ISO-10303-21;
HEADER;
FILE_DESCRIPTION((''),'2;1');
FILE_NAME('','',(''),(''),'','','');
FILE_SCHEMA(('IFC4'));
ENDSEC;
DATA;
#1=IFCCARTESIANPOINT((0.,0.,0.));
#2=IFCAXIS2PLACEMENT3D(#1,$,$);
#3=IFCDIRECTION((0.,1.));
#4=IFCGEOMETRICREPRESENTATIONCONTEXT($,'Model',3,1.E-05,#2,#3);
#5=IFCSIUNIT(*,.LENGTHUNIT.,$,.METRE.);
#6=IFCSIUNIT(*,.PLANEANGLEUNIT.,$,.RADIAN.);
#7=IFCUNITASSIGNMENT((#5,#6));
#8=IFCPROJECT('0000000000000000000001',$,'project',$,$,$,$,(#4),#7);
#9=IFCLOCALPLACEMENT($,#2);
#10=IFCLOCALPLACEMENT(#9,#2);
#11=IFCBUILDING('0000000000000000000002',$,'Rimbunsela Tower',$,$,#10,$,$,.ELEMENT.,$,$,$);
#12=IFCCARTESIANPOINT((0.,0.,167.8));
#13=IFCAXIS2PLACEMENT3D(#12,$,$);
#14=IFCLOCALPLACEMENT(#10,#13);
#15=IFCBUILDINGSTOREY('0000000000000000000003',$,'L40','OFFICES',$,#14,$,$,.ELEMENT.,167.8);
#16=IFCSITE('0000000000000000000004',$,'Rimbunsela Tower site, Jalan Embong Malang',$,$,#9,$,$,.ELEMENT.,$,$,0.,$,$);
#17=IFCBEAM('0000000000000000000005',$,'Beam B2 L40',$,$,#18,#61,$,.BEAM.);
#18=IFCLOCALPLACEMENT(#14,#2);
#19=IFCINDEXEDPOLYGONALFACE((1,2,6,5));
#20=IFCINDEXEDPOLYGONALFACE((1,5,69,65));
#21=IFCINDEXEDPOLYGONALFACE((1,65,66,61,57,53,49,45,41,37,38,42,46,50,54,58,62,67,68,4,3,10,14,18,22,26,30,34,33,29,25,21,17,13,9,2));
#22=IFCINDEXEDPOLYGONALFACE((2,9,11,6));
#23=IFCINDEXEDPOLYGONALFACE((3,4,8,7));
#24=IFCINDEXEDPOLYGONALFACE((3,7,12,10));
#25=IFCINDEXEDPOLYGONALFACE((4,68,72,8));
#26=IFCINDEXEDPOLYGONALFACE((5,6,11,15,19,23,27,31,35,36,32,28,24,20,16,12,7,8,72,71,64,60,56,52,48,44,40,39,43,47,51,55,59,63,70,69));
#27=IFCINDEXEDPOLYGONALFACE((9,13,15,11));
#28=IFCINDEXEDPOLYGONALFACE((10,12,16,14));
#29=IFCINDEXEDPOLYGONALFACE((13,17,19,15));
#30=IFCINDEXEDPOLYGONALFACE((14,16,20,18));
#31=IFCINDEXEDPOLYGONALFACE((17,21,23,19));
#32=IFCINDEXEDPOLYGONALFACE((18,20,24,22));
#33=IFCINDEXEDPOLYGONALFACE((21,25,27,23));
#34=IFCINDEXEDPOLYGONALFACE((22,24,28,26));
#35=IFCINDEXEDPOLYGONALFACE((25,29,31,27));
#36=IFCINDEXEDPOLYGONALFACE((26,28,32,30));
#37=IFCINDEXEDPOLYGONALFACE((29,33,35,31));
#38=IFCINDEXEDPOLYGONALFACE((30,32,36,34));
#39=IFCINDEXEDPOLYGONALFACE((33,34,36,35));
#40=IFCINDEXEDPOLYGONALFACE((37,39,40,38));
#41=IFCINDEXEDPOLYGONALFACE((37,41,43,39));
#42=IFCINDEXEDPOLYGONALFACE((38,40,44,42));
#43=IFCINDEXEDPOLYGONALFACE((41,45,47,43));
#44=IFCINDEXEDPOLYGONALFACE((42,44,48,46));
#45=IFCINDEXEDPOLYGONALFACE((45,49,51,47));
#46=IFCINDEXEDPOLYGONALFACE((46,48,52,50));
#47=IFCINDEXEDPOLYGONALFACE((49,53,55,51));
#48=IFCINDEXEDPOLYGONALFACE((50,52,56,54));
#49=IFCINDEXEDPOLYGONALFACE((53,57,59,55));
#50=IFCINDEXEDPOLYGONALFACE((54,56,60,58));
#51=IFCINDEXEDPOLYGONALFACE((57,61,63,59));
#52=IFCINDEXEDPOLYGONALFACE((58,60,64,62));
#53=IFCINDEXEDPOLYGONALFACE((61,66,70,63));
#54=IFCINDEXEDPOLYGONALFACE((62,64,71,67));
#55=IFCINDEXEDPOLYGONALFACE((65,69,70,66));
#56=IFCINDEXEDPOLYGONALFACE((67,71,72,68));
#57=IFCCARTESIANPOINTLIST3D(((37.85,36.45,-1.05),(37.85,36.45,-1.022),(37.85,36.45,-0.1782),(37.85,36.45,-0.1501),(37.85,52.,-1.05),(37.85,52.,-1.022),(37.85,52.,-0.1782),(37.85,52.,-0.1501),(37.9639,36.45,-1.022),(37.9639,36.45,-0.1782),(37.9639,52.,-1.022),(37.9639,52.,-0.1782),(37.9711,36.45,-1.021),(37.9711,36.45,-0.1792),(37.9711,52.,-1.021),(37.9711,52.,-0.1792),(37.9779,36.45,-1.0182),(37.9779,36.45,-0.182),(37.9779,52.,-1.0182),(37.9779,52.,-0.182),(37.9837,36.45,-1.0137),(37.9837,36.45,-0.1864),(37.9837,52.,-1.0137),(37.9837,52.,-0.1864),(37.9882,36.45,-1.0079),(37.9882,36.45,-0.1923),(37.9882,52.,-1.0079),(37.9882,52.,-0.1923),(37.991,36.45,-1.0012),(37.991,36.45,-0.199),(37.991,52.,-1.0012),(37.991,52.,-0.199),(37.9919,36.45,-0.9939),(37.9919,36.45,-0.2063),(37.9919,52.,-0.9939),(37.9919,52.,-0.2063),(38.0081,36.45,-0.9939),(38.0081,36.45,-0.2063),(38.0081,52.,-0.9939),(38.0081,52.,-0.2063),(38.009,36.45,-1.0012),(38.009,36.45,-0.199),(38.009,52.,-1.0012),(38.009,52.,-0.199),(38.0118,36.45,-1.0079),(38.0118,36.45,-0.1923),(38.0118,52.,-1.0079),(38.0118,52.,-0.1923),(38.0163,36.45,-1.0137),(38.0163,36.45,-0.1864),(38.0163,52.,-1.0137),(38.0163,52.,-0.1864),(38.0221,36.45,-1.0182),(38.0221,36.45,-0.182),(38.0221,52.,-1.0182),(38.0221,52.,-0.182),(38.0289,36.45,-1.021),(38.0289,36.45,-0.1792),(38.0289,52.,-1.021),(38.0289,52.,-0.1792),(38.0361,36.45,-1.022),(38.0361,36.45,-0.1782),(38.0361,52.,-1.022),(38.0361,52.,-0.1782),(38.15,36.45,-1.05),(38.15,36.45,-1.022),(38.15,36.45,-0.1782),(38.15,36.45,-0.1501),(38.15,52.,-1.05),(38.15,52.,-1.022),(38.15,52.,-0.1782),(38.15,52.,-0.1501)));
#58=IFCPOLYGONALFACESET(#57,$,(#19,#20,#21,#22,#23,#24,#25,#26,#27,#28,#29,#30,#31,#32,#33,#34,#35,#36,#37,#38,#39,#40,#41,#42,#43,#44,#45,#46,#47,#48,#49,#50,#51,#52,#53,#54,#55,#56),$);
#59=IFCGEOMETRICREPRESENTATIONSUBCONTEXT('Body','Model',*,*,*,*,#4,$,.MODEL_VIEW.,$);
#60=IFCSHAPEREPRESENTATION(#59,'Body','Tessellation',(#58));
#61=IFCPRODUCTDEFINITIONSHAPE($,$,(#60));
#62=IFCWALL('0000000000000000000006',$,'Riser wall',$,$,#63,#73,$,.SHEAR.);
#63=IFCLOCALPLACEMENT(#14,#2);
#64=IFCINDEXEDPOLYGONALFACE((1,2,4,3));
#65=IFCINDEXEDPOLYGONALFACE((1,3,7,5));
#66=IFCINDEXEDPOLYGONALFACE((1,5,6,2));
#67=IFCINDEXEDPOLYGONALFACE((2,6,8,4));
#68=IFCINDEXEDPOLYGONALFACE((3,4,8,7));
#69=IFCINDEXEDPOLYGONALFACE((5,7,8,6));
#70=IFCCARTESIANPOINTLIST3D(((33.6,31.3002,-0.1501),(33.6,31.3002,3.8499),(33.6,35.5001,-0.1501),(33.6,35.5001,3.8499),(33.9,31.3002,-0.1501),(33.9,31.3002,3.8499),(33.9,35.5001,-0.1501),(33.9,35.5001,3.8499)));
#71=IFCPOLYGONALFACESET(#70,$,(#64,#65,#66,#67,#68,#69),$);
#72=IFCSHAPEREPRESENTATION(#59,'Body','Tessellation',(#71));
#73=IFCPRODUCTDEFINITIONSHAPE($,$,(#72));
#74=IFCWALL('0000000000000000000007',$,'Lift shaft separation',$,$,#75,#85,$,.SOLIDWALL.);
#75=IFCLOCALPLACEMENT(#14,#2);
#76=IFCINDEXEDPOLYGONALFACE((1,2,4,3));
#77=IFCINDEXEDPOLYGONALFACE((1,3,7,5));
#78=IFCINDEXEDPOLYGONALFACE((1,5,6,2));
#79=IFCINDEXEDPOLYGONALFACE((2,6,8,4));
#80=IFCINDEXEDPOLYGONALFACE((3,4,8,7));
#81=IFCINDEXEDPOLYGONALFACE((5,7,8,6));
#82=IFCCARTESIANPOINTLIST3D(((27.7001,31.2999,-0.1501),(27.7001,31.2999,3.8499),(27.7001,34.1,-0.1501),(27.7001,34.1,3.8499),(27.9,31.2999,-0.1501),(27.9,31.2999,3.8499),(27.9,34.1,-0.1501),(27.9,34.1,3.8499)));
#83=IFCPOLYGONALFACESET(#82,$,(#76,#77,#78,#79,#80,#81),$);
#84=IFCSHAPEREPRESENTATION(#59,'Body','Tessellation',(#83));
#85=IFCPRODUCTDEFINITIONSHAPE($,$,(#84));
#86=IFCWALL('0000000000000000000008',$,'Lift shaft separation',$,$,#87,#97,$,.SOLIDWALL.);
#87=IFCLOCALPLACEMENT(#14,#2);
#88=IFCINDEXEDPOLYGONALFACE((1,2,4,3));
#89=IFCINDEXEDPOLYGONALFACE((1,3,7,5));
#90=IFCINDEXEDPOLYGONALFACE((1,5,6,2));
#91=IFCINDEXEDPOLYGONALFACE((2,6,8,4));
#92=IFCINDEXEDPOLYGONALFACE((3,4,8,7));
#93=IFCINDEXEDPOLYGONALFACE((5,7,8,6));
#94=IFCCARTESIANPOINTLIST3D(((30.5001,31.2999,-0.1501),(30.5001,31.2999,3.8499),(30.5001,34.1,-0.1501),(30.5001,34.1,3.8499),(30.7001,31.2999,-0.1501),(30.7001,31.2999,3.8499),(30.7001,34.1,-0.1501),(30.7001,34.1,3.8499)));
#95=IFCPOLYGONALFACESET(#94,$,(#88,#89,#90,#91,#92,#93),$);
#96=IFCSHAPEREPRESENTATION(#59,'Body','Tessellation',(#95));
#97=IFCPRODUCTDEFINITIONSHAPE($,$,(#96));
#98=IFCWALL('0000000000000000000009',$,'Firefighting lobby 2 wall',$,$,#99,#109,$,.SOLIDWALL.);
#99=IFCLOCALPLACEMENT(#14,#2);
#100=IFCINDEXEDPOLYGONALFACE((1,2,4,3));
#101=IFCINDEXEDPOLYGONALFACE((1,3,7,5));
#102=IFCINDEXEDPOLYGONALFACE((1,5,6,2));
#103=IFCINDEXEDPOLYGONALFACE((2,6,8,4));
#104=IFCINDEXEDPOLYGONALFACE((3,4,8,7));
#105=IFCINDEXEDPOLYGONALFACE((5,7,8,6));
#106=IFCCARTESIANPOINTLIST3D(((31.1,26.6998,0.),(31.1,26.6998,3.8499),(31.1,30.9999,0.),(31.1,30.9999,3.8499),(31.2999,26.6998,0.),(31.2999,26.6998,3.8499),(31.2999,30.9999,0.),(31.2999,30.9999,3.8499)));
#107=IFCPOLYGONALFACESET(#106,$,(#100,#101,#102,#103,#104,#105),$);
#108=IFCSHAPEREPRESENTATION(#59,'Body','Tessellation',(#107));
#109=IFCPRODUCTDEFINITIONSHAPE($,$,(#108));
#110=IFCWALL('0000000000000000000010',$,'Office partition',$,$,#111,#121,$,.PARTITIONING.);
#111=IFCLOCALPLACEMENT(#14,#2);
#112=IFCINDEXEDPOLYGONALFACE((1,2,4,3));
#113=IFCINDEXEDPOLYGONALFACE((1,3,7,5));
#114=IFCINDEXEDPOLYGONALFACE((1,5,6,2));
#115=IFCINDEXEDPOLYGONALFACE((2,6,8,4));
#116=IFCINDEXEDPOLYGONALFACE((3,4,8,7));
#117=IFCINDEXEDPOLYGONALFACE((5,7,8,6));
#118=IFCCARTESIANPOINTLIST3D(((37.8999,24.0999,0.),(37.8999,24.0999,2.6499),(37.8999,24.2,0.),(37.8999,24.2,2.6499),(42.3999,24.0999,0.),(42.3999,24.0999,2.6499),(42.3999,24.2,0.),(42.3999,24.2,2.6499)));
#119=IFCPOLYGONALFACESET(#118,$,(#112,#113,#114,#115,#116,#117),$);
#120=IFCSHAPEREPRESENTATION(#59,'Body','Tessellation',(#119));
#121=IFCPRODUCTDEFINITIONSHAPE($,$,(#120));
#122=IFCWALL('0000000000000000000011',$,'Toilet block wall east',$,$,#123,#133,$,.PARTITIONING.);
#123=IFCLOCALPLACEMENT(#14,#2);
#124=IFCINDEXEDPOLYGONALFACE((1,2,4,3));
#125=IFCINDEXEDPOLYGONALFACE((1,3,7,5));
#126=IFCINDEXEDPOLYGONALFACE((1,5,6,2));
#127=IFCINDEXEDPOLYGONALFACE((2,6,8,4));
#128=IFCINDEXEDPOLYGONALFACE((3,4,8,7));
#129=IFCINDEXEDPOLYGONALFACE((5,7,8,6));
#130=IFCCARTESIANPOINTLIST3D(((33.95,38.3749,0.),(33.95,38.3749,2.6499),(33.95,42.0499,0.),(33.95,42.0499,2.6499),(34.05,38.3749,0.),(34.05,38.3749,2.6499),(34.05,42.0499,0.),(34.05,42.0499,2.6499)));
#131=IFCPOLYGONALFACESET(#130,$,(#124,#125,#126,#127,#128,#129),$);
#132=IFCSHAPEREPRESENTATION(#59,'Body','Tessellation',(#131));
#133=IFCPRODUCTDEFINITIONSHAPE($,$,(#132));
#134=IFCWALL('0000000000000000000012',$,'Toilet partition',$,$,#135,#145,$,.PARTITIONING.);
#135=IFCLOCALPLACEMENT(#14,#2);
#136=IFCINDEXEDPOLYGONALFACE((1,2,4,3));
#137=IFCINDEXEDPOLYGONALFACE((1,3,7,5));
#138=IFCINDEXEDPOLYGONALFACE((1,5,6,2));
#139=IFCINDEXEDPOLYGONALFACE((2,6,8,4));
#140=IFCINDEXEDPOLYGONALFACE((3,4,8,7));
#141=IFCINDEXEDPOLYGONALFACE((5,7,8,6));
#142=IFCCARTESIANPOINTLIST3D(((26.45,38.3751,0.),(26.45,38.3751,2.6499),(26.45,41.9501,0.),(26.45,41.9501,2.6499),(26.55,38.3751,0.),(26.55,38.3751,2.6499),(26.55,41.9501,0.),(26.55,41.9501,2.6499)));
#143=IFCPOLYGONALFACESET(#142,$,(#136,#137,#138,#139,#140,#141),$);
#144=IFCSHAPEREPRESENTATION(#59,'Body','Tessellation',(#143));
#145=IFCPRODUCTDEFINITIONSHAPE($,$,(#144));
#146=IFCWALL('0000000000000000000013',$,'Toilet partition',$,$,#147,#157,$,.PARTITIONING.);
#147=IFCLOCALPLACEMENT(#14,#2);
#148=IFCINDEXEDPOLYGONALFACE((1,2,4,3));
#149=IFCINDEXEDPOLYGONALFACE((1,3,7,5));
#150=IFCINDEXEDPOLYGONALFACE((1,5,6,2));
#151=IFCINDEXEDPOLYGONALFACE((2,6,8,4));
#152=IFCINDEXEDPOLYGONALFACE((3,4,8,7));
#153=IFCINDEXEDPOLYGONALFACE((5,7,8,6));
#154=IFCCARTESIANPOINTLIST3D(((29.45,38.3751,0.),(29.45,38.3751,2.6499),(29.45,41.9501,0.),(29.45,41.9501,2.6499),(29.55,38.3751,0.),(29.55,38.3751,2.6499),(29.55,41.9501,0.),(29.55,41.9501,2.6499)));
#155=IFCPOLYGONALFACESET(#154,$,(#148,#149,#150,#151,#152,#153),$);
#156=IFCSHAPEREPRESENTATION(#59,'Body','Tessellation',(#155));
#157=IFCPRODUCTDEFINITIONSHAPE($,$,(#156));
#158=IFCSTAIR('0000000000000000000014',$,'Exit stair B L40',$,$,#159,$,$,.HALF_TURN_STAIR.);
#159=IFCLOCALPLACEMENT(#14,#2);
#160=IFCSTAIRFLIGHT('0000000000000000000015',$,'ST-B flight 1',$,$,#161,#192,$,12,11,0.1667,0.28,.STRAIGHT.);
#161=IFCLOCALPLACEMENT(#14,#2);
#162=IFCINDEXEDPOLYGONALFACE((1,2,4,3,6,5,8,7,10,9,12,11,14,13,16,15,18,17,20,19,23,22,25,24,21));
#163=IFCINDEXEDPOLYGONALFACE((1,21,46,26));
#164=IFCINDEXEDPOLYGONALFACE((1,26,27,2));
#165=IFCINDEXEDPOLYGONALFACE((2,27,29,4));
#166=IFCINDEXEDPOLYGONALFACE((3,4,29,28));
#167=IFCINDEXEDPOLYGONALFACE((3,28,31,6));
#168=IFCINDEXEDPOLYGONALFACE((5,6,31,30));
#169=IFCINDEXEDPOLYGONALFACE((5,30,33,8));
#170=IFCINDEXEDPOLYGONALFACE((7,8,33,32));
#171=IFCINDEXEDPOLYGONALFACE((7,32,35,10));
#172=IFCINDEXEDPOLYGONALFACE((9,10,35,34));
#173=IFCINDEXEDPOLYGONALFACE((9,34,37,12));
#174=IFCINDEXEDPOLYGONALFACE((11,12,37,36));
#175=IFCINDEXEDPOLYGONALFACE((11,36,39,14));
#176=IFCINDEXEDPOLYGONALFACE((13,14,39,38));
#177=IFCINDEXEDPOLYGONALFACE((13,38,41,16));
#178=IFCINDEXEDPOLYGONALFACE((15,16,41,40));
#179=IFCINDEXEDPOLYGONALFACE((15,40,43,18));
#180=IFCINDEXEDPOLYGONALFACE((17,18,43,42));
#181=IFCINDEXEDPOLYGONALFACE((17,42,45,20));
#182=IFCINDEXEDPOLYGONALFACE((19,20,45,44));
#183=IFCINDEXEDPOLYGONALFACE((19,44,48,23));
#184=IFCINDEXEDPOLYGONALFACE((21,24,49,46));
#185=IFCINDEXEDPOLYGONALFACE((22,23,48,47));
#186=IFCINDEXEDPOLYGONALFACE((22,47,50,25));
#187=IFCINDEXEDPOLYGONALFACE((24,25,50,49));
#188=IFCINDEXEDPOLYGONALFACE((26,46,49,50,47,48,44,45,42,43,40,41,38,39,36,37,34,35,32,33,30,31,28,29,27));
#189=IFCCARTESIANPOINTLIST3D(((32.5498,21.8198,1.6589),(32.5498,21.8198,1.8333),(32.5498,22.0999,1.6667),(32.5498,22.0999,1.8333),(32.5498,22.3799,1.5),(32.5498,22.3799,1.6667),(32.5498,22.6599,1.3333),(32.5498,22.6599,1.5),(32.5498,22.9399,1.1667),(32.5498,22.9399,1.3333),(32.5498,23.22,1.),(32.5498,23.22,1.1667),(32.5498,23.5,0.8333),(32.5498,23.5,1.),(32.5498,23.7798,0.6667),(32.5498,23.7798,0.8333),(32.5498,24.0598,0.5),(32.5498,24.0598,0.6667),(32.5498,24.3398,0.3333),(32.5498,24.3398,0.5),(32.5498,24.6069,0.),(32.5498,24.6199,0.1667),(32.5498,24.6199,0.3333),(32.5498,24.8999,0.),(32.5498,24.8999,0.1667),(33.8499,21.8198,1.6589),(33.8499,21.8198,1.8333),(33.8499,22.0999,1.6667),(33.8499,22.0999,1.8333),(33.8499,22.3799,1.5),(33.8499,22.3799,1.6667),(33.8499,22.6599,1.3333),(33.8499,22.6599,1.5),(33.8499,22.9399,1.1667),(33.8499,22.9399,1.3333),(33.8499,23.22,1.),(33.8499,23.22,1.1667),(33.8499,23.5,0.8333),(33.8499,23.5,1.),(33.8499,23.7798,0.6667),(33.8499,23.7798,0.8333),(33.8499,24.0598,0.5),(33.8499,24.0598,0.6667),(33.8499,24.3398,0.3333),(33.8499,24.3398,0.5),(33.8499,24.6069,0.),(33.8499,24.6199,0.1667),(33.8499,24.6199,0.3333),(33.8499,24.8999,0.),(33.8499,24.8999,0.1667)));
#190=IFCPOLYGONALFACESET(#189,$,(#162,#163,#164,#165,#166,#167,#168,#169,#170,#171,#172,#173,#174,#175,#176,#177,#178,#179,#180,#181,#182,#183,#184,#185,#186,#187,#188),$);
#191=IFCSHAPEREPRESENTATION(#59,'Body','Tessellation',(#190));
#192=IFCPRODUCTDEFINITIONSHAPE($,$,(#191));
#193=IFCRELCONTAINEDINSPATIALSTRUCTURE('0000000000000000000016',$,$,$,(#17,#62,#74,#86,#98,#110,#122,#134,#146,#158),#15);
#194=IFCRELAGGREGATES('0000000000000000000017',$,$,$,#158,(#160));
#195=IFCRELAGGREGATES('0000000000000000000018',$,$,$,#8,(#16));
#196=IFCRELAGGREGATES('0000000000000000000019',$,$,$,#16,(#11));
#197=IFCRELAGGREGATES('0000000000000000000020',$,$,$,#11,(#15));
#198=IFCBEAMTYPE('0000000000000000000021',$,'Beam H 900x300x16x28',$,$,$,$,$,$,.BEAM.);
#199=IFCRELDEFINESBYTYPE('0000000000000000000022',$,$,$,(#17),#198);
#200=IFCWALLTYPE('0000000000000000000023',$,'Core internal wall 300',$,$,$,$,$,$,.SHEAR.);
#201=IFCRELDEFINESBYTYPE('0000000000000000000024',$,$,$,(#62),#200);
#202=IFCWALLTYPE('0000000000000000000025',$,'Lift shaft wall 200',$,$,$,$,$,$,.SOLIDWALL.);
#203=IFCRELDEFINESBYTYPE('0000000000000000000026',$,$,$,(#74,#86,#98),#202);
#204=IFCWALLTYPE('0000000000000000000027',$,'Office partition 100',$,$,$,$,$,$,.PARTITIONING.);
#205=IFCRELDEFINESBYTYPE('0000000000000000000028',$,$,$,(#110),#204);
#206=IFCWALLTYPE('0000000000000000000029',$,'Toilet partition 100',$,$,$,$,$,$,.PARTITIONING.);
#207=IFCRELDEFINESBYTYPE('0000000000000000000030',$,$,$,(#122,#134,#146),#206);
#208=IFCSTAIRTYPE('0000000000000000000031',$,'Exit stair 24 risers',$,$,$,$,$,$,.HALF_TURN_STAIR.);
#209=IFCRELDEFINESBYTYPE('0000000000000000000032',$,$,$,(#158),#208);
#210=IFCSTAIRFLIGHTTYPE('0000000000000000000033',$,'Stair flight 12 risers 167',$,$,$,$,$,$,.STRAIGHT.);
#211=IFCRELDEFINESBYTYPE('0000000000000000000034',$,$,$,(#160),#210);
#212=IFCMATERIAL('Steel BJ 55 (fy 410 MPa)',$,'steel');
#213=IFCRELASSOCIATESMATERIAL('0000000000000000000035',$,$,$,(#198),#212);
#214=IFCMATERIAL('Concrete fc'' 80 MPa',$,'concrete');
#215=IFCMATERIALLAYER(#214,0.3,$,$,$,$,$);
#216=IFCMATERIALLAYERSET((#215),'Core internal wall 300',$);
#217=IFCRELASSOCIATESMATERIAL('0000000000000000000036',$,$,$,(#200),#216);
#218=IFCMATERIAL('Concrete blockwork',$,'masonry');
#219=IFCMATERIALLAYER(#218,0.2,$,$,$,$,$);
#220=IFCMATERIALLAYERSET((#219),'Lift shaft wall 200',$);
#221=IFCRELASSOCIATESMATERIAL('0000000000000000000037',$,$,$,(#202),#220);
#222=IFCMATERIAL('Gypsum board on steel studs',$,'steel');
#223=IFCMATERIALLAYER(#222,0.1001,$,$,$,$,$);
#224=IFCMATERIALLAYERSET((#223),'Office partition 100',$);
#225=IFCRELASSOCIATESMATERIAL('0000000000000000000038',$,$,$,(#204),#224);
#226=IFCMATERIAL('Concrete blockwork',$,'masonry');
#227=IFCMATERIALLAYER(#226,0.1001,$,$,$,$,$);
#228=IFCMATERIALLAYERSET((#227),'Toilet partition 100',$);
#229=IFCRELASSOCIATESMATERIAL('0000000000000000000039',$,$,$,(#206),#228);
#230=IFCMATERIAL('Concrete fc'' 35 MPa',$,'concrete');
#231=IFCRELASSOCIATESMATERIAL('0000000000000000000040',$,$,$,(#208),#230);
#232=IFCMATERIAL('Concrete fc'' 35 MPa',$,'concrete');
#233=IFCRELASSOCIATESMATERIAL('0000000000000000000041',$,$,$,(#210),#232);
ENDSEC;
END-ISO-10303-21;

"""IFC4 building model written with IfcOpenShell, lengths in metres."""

from ifc_helpers import new_model, si_unit, direction, frame, frame_2d, origin, origin_2d, place, context, subcontext, project, spatial, polyline, rectangle, i_section, outline, extrude, material, layer, layer_set, material_profile, profile_set, type_object, element, aggregate, save


model = new_model("IFC4")

# Units and contexts
model_context = context("Model", 3, precision=1e-05, world=origin(), true_north=direction((0.0, 1.0)))
body_context = subcontext(model_context, "Body", "Model", "MODEL_VIEW")
ifc_project = project(units=[si_unit("LENGTHUNIT", "METRE"), si_unit("PLANEANGLEUNIT", "RADIAN")], contexts=[model_context])

# Site, building, storey
site_placement = place(None, origin())
site = spatial("IfcSite", under=ifc_project, at=site_placement, Name="Rimbunsela Tower site, Jalan Embong Malang", CompositionType="ELEMENT", RefElevation=0.0)
building_placement = place(site_placement, origin())
building = spatial("IfcBuilding", under=site, at=building_placement, Name="Rimbunsela Tower", CompositionType="ELEMENT")
storey_placement = place(building_placement, frame((0.0, 0.0, 167.8)))
storey = spatial("IfcBuildingStorey", under=building, at=storey_placement, Name="L40", Description="OFFICES", CompositionType="ELEMENT", Elevation=167.8)

# Beam
ifc_material_1 = material(Name="Steel BJ 55 (fy 410 MPa)", Category="steel")
ifc_material_profile_1 = material_profile(ifc_material_1, i_section(OverallWidth=0.3, OverallDepth=0.8999, WebThickness=0.0161, FlangeThickness=0.0281, FilletRadius=0.0281, at=origin_2d()), Name="H 900x300x16x28")
ifc_profile_set_1 = profile_set([ifc_material_profile_1], Name="Steel BJ 55 (fy 410 MPa)")
beam_type_1 = type_object("IfcBeamType", Name="Beam H 900x300x16x28", PredefinedType="BEAM", material=ifc_profile_set_1)
beam_1_placement = place(storey_placement, frame((38.0, 36.45, -0.6001), z_axis=(0.0, 1.0, 0.0), x_axis=(-1.0, 0.0, 0.0)))
element("IfcBeam", 1, at=beam_1_placement, inside=storey, type_object=beam_type_1, Name="Beam B2 L40", PredefinedType="BEAM", context=body_context, shape_type="SweptSolid", body=[
    extrude(i_section(OverallWidth=0.3, OverallDepth=0.8999, WebThickness=0.0161, FlangeThickness=0.0281, FilletRadius=0.0281, at=origin_2d()), origin(), (0.0, 0.0, 1.0), 15.55),
])

# Walls
ifc_material_2 = material(Name="Concrete fc' 80 MPa", Category="concrete")
ifc_layer_1 = layer(ifc_material_2, 0.3)
ifc_layer_set_1 = layer_set([ifc_layer_1], Name="Core internal wall 300")
wall_type_1 = type_object("IfcWallType", Name="Core internal wall 300", PredefinedType="SHEAR", material=ifc_layer_set_1)
wall_1_placement = place(storey_placement, frame((33.75, 31.3, -0.1501), z_axis=(0.0, 0.0, 1.0), x_axis=(0.0, 1.0, 0.0)))
element("IfcWall", 2, at=wall_1_placement, inside=storey, type_object=wall_type_1, Name="Riser wall", PredefinedType="SHEAR", context=body_context, shape_type="SweptSolid", body=[
    extrude(rectangle(XDim=4.2, YDim=0.3, at=frame_2d((2.1001, 0.0))), origin(), (0.0, 0.0, 1.0), 4.0),
])
ifc_material_3 = material(Name="Concrete blockwork", Category="masonry")
ifc_layer_2 = layer(ifc_material_3, 0.2)
ifc_layer_set_2 = layer_set([ifc_layer_2], Name="Lift shaft wall 200")
wall_type_2 = type_object("IfcWallType", Name="Lift shaft wall 200", PredefinedType="SOLIDWALL", material=ifc_layer_set_2)
for number, where, z_axis, x_axis, name in (
    (3, (27.8, 31.3, -0.1501), (0.0, 0.0, 1.0), (0.0, 1.0, 0.0), "Lift shaft separation"),
    (4, (30.6001, 31.3, -0.1501), (0.0, 0.0, 1.0), (0.0, 1.0, 0.0), "Lift shaft separation"),
):
    element("IfcWall", number, at=place(storey_placement, frame(where, z_axis=z_axis, x_axis=x_axis)), inside=storey, type_object=wall_type_2, Name=name, PredefinedType="SOLIDWALL", context=body_context, shape_type="SweptSolid", body=[
        extrude(rectangle(XDim=2.8, YDim=0.2, at=frame_2d((1.3999, 0.0))), origin(), (0.0, 0.0, 1.0), 4.0),
    ])
wall_2_placement = place(storey_placement, frame((31.2, 26.7, 0.0), z_axis=(0.0, 0.0, 1.0), x_axis=(0.0, 1.0, 0.0)))
element("IfcWall", 5, at=wall_2_placement, inside=storey, type_object=wall_type_2, Name="Firefighting lobby 2 wall", PredefinedType="SOLIDWALL", context=body_context, shape_type="SweptSolid", body=[
    extrude(rectangle(XDim=4.3, YDim=0.2, at=frame_2d((2.1499, 0.0))), origin(), (0.0, 0.0, 1.0), 3.8499),
])
ifc_material_4 = material(Name="Gypsum board on steel studs", Category="steel")
ifc_layer_3 = layer(ifc_material_4, 0.1001)
ifc_layer_set_3 = layer_set([ifc_layer_3], Name="Office partition 100")
wall_type_3 = type_object("IfcWallType", Name="Office partition 100", PredefinedType="PARTITIONING", material=ifc_layer_set_3)
wall_3_placement = place(storey_placement, frame((37.8999, 24.1499, 0.0), z_axis=(0.0, 0.0, 1.0), x_axis=(1.0, 0.0, 0.0)))
element("IfcWall", 6, at=wall_3_placement, inside=storey, type_object=wall_type_3, Name="Office partition", PredefinedType="PARTITIONING", context=body_context, shape_type="SweptSolid", body=[
    extrude(rectangle(XDim=4.5, YDim=0.1001, at=frame_2d((2.25, 0.0))), origin(), (0.0, 0.0, 1.0), 2.6499),
])
ifc_material_5 = material(Name="Concrete blockwork", Category="masonry")
ifc_layer_4 = layer(ifc_material_5, 0.1001)
ifc_layer_set_4 = layer_set([ifc_layer_4], Name="Toilet partition 100")
wall_type_4 = type_object("IfcWallType", Name="Toilet partition 100", PredefinedType="PARTITIONING", material=ifc_layer_set_4)
wall_4_placement = place(storey_placement, frame((34.0, 38.375, 0.0), z_axis=(0.0, 0.0, 1.0), x_axis=(0.0, 1.0, 0.0)))
element("IfcWall", 7, at=wall_4_placement, inside=storey, type_object=wall_type_4, Name="Toilet block wall east", PredefinedType="PARTITIONING", context=body_context, shape_type="SweptSolid", body=[
    extrude(rectangle(XDim=3.675, YDim=0.1001, at=frame_2d((1.8374, 0.0))), origin(), (0.0, 0.0, 1.0), 2.6499),
])
for number, where, z_axis, x_axis, name in (
    (8, (26.5, 38.375, 0.0), (0.0, 0.0, 1.0), (0.0, 1.0, 0.0), "Toilet partition"),
    (9, (29.5, 38.375, 0.0), (0.0, 0.0, 1.0), (0.0, 1.0, 0.0), "Toilet partition"),
):
    element("IfcWall", number, at=place(storey_placement, frame(where, z_axis=z_axis, x_axis=x_axis)), inside=storey, type_object=wall_type_4, Name=name, PredefinedType="PARTITIONING", context=body_context, shape_type="SweptSolid", body=[
        extrude(rectangle(XDim=3.575, YDim=0.1001, at=frame_2d((1.7876, 0.0))), origin(), (0.0, 0.0, 1.0), 2.6499),
    ])

# Stair, stair flight
ifc_material_6 = material(Name="Concrete fc' 35 MPa", Category="concrete")
stair_type = type_object("IfcStairType", Name="Exit stair 24 risers", PredefinedType="HALF_TURN_STAIR", material=ifc_material_6)
stair_placement = place(storey_placement, origin())
stair = element("IfcStair", 10, at=stair_placement, inside=storey, type_object=stair_type, Name="Exit stair B L40", PredefinedType="HALF_TURN_STAIR")
ifc_material_7 = material(Name="Concrete fc' 35 MPa", Category="concrete")
stair_flight_type = type_object("IfcStairFlightType", Name="Stair flight 12 risers 167", PredefinedType="STRAIGHT", material=ifc_material_7)
stair_flight_placement = place(storey_placement, frame((33.2, 24.8999, 0.0), z_axis=(0.0, 0.0, 1.0), x_axis=(0.0, -1.0, 0.0)))
stair_flight = element("IfcStairFlight", 11, at=stair_flight_placement, type_object=stair_flight_type, Name="ST-B flight 1", NumberOfRisers=12, NumberOfTreads=11, PredefinedType="STRAIGHT", RiserHeight=0.1667, TreadLength=0.28, context=body_context, shape_type="SweptSolid", body=[
    extrude(outline(polyline([(0.0, 0.0), (0.0, 0.1667), (0.28, 0.1667), (0.28, 0.3333), (0.5601, 0.3333), (0.5601, 0.5), (0.8401, 0.5), (0.8401, 0.6667), (1.1201, 0.6667), (1.1201, 0.8333), (1.3999, 0.8333), (1.3999, 1.0), (1.6799, 1.0), (1.6799, 1.1667), (1.96, 1.1667), (1.96, 1.3333), (2.24, 1.3333), (2.24, 1.5), (2.52, 1.5), (2.52, 1.6667), (2.8, 1.6667), (2.8, 1.8333), (3.0801, 1.8333), (3.0801, 2.0), (3.0801, 1.6589), (0.293, 0.0), (0.0, 0.0)])), frame((0.0, 0.6499, 0.0), z_axis=(0.0, -1.0, 0.0), x_axis=(1.0, 0.0, 0.0)), (0.0, 0.0, 1.0), 1.3),
])
aggregate(stair, [stair_flight])

save(model, "model.ifc")
